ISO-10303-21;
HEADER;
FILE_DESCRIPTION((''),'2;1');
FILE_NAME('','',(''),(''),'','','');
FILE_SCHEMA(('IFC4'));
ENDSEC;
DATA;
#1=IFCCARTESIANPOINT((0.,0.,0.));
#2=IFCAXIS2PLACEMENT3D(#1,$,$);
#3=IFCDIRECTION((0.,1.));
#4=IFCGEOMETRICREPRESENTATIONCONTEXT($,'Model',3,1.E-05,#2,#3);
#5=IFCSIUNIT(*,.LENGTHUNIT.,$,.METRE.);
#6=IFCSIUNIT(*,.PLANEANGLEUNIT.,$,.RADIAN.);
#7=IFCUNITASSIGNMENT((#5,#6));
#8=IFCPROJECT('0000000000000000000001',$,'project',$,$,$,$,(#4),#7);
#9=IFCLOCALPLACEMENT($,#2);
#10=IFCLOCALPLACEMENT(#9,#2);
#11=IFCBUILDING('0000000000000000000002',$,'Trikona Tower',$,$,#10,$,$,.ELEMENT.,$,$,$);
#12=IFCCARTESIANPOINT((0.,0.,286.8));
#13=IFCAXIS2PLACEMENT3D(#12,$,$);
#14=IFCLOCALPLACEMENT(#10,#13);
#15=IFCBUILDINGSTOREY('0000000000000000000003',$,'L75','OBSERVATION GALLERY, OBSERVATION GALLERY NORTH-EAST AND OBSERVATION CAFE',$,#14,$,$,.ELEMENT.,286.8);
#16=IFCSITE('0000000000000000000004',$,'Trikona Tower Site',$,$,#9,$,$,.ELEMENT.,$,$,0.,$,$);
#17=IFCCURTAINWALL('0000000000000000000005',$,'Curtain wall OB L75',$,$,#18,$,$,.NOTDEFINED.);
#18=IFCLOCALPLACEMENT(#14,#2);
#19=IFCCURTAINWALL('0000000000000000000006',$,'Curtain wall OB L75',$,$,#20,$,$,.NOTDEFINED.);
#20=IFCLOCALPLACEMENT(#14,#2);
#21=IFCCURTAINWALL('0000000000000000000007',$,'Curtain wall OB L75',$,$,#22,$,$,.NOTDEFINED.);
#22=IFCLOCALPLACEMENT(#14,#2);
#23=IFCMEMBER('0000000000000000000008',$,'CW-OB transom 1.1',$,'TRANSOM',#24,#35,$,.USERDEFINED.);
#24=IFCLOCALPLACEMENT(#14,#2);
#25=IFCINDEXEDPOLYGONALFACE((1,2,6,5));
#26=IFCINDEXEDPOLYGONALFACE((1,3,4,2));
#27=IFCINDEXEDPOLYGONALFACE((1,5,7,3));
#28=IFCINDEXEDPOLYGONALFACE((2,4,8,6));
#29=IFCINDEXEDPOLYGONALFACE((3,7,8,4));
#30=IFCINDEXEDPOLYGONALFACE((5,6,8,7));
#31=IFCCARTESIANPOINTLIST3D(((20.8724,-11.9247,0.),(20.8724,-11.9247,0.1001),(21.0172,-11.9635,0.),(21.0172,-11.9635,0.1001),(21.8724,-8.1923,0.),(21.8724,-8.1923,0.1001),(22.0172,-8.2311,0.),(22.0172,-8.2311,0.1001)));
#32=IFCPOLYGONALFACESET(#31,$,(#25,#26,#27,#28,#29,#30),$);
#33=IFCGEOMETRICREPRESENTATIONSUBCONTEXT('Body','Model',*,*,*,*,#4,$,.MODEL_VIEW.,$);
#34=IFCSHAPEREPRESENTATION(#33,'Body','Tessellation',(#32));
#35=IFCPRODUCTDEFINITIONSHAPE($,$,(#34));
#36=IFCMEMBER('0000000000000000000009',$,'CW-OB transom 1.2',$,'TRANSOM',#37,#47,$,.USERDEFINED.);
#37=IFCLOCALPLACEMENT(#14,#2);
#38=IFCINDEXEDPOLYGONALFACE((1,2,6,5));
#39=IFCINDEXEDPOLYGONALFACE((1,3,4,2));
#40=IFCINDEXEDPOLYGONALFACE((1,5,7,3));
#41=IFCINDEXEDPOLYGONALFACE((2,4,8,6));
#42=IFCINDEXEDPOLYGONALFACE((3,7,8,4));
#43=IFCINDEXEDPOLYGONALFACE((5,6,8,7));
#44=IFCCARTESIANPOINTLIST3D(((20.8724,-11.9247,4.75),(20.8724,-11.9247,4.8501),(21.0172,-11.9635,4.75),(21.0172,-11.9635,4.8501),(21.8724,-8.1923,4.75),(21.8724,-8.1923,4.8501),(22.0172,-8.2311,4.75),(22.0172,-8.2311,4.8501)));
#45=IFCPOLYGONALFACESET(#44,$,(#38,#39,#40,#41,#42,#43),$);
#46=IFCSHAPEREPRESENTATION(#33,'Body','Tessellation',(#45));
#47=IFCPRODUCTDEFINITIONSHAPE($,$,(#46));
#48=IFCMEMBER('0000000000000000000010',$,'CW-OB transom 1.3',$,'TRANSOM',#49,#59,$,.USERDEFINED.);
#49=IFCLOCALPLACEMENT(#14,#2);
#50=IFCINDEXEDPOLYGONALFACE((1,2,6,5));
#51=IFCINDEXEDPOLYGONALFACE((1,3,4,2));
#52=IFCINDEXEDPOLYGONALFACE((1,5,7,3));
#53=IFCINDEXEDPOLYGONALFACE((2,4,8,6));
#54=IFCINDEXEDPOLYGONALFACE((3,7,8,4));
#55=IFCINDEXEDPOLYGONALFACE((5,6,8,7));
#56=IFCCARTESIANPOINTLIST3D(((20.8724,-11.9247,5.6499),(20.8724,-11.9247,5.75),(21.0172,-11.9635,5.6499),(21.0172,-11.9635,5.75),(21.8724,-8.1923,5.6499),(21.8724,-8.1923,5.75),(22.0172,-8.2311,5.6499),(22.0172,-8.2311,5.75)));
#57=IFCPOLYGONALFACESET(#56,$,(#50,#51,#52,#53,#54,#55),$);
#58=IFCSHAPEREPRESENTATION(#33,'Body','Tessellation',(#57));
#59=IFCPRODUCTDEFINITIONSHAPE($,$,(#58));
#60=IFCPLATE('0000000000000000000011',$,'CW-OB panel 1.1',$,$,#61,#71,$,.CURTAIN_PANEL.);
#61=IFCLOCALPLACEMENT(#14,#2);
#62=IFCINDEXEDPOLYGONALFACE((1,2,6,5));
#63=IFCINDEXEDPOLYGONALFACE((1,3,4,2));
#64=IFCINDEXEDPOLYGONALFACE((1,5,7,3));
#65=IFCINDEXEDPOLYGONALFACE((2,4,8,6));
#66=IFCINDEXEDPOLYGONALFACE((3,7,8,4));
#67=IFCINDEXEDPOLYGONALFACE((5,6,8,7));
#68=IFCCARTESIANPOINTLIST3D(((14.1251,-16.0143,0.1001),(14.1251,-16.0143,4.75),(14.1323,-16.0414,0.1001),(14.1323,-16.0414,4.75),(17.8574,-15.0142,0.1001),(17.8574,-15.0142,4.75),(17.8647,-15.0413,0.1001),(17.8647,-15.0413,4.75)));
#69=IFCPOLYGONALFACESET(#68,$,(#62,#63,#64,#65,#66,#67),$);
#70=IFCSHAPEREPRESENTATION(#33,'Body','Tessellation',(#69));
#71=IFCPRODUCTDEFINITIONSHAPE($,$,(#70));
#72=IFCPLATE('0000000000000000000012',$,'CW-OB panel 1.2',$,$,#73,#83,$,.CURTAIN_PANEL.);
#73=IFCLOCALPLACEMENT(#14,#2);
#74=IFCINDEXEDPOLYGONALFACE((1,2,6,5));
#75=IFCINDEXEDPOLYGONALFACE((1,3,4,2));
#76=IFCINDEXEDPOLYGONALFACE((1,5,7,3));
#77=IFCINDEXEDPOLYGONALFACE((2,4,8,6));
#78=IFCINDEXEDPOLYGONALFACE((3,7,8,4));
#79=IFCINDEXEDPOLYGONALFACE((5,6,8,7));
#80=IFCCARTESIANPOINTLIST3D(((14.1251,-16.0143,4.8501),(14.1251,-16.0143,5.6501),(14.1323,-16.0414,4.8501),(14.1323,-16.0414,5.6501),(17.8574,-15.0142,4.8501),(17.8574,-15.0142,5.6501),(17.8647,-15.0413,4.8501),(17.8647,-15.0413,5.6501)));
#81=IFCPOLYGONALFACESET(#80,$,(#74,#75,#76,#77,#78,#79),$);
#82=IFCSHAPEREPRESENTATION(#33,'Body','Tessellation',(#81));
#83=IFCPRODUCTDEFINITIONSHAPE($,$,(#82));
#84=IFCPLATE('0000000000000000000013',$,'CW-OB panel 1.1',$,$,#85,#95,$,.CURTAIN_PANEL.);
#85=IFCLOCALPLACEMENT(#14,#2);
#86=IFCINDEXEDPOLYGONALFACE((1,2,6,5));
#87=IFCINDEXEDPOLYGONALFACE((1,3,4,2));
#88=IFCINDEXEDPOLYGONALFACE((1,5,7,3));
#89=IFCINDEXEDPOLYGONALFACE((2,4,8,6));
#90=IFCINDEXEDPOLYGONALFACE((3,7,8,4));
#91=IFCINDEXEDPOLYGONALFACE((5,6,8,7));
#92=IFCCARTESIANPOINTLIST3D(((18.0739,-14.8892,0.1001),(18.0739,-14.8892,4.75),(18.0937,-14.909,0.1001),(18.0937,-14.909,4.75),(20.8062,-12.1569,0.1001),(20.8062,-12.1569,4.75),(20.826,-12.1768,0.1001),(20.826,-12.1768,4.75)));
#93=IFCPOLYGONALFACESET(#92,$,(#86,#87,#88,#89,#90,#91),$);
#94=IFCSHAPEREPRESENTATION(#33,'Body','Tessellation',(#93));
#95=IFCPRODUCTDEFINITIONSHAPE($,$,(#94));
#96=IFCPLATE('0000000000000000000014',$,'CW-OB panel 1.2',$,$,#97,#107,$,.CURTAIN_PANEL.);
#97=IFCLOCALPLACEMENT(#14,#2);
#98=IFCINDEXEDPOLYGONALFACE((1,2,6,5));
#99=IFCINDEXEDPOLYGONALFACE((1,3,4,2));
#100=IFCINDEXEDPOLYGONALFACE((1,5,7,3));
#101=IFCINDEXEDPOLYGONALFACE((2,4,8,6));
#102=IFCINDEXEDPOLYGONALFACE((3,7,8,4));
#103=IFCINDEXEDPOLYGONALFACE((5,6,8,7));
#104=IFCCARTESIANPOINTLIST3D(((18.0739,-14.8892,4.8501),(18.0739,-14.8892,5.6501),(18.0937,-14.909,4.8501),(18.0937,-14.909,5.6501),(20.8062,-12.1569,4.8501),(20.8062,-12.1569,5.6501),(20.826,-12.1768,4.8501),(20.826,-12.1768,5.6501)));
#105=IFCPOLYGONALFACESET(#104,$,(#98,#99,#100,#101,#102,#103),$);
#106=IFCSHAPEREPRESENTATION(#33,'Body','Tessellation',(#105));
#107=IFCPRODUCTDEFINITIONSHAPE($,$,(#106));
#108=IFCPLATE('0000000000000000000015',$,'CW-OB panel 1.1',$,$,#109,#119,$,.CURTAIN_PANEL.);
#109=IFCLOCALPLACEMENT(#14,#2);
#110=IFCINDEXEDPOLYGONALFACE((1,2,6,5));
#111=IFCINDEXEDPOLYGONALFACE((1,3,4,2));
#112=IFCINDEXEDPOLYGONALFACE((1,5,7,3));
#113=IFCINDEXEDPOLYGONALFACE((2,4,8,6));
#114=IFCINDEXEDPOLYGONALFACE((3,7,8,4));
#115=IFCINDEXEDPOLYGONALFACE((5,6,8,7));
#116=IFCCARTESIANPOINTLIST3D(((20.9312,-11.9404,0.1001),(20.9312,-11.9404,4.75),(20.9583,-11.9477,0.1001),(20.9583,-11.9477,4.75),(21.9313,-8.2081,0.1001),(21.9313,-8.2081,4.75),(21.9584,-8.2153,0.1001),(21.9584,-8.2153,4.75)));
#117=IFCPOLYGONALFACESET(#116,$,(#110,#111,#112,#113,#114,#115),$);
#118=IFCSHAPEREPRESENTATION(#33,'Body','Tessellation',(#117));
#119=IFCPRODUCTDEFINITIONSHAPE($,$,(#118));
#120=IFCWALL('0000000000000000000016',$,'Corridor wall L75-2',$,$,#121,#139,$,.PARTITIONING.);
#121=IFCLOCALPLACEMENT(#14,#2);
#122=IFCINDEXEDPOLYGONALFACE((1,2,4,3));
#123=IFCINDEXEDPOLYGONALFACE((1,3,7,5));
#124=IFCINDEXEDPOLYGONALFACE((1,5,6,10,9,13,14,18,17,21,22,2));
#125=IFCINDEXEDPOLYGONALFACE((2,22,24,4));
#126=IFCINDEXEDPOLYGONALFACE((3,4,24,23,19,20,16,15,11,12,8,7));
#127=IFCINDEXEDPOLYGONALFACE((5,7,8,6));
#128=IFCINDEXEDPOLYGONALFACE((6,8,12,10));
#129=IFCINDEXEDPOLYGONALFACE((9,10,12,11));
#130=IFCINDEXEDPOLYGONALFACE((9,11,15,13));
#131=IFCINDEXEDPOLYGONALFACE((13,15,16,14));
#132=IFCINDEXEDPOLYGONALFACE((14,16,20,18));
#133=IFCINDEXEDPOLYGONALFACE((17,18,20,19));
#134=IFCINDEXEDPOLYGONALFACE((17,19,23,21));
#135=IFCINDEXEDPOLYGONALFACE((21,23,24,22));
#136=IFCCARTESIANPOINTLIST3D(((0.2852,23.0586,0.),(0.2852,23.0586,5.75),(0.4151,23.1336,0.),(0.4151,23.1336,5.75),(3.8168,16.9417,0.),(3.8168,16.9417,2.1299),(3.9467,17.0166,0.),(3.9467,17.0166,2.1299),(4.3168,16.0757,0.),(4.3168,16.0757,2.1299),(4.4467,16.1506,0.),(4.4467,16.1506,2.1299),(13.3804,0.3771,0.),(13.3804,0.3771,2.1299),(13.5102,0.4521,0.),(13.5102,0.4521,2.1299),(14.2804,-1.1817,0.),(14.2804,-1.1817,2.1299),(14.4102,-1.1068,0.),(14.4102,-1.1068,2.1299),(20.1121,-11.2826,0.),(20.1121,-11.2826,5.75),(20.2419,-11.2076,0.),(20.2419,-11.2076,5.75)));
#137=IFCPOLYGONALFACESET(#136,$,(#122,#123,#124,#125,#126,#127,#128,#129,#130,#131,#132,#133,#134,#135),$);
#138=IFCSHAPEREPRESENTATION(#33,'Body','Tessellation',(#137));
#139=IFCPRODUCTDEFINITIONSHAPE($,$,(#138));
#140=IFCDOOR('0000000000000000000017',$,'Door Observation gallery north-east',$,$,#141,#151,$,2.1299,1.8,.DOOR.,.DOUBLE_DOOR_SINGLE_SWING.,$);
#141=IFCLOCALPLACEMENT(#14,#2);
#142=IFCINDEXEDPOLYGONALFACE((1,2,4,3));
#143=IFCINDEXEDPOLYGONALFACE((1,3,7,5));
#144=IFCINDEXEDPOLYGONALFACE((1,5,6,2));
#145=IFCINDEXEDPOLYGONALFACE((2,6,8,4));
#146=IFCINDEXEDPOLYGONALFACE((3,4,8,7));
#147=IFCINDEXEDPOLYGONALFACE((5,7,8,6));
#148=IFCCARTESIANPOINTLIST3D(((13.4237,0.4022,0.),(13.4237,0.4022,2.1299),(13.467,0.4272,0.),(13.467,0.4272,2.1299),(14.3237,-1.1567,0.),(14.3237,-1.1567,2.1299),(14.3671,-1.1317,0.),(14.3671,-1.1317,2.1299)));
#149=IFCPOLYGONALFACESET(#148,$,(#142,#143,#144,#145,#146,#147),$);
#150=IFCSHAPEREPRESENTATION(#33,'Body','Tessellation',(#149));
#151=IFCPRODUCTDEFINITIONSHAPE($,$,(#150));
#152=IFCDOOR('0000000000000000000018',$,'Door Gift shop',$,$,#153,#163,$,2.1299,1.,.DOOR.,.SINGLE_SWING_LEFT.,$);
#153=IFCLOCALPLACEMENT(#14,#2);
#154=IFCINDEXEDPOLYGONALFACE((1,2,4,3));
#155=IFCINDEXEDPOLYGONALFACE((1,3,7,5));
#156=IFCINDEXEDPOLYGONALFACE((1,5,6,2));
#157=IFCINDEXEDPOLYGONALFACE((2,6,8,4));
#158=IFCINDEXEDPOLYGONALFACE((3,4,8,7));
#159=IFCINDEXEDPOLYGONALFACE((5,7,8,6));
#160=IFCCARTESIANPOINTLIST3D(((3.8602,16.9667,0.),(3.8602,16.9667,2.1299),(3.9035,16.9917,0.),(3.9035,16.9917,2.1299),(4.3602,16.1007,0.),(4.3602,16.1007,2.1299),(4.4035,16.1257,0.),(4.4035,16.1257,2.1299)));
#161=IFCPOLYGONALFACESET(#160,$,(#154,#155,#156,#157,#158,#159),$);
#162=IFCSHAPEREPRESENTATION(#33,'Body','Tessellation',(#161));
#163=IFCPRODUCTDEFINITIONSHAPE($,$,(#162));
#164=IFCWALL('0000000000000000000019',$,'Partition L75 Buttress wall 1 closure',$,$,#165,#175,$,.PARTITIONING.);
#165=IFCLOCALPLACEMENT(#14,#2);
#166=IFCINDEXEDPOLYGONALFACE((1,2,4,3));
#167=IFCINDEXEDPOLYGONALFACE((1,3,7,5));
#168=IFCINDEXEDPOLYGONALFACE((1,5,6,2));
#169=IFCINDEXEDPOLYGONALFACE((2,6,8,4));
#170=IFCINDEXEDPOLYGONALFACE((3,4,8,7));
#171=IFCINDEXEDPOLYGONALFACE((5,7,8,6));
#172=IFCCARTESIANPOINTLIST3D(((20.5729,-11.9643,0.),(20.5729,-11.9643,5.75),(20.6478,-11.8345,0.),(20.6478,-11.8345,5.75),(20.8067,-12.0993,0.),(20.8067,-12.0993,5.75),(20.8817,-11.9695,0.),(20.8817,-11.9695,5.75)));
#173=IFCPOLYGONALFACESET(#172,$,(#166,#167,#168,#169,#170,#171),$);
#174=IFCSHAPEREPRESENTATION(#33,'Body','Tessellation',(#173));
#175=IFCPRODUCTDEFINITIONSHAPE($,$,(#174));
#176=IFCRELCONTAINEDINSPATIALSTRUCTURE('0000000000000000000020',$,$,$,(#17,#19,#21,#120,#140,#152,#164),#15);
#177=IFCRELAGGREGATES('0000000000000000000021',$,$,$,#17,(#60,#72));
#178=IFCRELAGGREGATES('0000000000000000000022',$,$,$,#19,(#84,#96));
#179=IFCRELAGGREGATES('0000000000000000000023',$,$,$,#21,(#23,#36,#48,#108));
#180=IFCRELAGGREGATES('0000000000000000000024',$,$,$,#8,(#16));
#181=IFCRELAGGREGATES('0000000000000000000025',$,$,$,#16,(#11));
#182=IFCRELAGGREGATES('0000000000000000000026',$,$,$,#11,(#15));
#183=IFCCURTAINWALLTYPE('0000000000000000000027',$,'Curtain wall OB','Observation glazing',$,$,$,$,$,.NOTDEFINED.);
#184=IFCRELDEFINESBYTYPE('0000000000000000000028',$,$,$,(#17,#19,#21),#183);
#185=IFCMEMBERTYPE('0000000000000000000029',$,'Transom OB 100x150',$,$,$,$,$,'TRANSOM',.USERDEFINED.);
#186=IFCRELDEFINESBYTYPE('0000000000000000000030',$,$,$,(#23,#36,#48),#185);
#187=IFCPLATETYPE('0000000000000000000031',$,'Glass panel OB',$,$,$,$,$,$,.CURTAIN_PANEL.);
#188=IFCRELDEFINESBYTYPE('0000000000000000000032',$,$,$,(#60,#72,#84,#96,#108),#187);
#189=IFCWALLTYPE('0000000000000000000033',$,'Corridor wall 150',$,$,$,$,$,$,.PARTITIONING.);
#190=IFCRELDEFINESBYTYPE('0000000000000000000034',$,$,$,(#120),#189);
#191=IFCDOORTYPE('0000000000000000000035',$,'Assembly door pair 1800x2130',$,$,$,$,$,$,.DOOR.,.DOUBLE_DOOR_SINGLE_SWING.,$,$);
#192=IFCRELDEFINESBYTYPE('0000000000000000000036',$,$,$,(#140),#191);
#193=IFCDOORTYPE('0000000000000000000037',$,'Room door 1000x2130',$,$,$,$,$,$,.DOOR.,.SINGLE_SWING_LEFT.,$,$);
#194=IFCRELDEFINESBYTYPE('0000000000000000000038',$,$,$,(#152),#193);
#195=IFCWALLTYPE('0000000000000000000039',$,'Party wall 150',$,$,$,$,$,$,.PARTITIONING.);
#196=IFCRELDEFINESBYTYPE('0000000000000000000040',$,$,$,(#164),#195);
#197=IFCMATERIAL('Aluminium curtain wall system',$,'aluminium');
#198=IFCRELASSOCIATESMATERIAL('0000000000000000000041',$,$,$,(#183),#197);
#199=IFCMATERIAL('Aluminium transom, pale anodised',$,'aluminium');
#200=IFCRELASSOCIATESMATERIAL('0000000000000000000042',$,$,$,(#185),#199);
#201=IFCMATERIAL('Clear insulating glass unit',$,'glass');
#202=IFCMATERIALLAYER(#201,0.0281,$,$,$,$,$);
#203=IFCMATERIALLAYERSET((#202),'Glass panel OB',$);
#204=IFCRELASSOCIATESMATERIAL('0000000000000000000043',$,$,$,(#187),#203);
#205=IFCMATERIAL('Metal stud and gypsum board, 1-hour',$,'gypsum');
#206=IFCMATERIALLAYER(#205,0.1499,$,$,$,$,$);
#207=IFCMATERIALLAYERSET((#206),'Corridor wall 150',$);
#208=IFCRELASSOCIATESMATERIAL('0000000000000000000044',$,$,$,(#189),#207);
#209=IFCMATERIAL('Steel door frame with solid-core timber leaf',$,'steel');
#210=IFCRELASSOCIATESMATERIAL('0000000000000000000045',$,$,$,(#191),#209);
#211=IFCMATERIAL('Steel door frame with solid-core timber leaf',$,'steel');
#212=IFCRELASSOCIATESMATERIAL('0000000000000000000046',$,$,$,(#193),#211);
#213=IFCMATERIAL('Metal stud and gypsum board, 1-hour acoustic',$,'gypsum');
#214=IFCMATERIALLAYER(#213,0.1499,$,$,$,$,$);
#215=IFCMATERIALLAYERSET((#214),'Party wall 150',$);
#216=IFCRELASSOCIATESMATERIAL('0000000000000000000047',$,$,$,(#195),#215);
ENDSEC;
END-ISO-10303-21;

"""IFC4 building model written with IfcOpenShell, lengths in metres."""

from ifc_helpers import new_model, si_unit, direction, frame, frame_2d, origin, origin_2d, place, context, subcontext, project, spatial, rectangle, extrude, material, layer, layer_set, material_profile, profile_set, type_object, element, fill, aggregate, save


model = new_model("IFC4")

# Units and contexts
model_context = context("Model", 3, precision=1e-05, world=origin(), true_north=direction((0.0, 1.0)))
body_context = subcontext(model_context, "Body", "Model", "MODEL_VIEW")
ifc_project = project(units=[si_unit("LENGTHUNIT", "METRE"), si_unit("PLANEANGLEUNIT", "RADIAN")], contexts=[model_context])

# Site, building, storey
site_placement = place(None, origin())
site = spatial("IfcSite", under=ifc_project, at=site_placement, Name="Trikona Tower Site", CompositionType="ELEMENT", RefElevation=0.0)
building_placement = place(site_placement, origin())
building = spatial("IfcBuilding", under=site, at=building_placement, Name="Trikona Tower", CompositionType="ELEMENT")
storey_placement = place(building_placement, frame((0.0, 0.0, 286.8)))
storey = spatial("IfcBuildingStorey", under=building, at=storey_placement, Name="L75", Description="OBSERVATION GALLERY, OBSERVATION GALLERY NORTH-EAST AND OBSERVATION CAFE", CompositionType="ELEMENT", Elevation=286.8)

# Shared definitions
ifc_material_1 = material(Name="Aluminium curtain wall system", Category="aluminium")
curtain_wall_type = type_object("IfcCurtainWallType", Name="Curtain wall OB", Description="Observation glazing", PredefinedType="NOTDEFINED", material=ifc_material_1)

# Curtain walls
curtain_wall_1_placement = place(storey_placement, origin())
curtain_wall_1 = element("IfcCurtainWall", 1, at=curtain_wall_1_placement, inside=storey, type_object=curtain_wall_type, Name="Curtain wall OB L75", PredefinedType="NOTDEFINED")
curtain_wall_2_placement = place(storey_placement, origin())
curtain_wall_2 = element("IfcCurtainWall", 2, at=curtain_wall_2_placement, inside=storey, type_object=curtain_wall_type, Name="Curtain wall OB L75", PredefinedType="NOTDEFINED")

# Curtain wall
curtain_wall_3_placement = place(storey_placement, origin())
curtain_wall_3 = element("IfcCurtainWall", 3, at=curtain_wall_3_placement, inside=storey, type_object=curtain_wall_type, Name="Curtain wall OB L75", PredefinedType="NOTDEFINED")

# Members
ifc_material_2 = material(Name="Aluminium transom, pale anodised", Category="aluminium")
ifc_material_profile_1 = material_profile(ifc_material_2, rectangle(XDim=0.1499, YDim=0.1001, at=origin_2d()), Name="TRN-OB")
ifc_profile_set_1 = profile_set([ifc_material_profile_1], Name="Aluminium transom, pale anodised")
member_type_1 = type_object("IfcMemberType", Name="Transom OB 100x150", ElementType="TRANSOM", PredefinedType="USERDEFINED", material=ifc_profile_set_1)
member_1_placement = place(storey_placement, frame((20.9448, -11.9441, 0.05), z_axis=(0.258795, 0.965932, 0.0), x_axis=(-0.965932, 0.258795, 0.0)))
member_1 = element("IfcMember", 4, at=member_1_placement, type_object=member_type_1, Name="CW-OB transom 1.1", ObjectType="TRANSOM", PredefinedType="USERDEFINED", context=body_context, shape_type="SweptSolid", body=[
    extrude(rectangle(XDim=0.1499, YDim=0.1001, at=origin_2d()), origin(), (0.0, 0.0, 1.0), 3.864),
])
member_2_placement = place(storey_placement, frame((20.9448, -11.9441, 4.8), z_axis=(0.258795, 0.965932, 0.0), x_axis=(-0.965932, 0.258795, 0.0)))
member_2 = element("IfcMember", 5, at=member_2_placement, type_object=member_type_1, Name="CW-OB transom 1.2", ObjectType="TRANSOM", PredefinedType="USERDEFINED", context=body_context, shape_type="SweptSolid", body=[
    extrude(rectangle(XDim=0.1499, YDim=0.1001, at=origin_2d()), origin(), (0.0, 0.0, 1.0), 3.864),
])
member_3_placement = place(storey_placement, frame((20.9448, -11.9441, 5.7), z_axis=(0.258795, 0.965932, 0.0), x_axis=(-0.965932, 0.258795, 0.0)))
member_3 = element("IfcMember", 6, at=member_3_placement, type_object=member_type_1, Name="CW-OB transom 1.3", ObjectType="TRANSOM", PredefinedType="USERDEFINED", context=body_context, shape_type="SweptSolid", body=[
    extrude(rectangle(XDim=0.1499, YDim=0.1001, at=origin_2d()), origin(), (0.0, 0.0, 1.0), 3.864),
])

# Plates
ifc_material_3 = material(Name="Clear insulating glass unit", Category="glass")
ifc_layer_1 = layer(ifc_material_3, 0.0281)
ifc_layer_set_1 = layer_set([ifc_layer_1], Name="Glass panel OB")
plate_type = type_object("IfcPlateType", Name="Glass panel OB", PredefinedType="CURTAIN_PANEL", material=ifc_layer_set_1)
plate_1_placement = place(storey_placement, frame((15.9949, -15.5278, 0.1001), z_axis=(0.0, 0.0, 1.0), x_axis=(0.965923, 0.258828, 0.0)))
plate_1 = element("IfcPlate", 7, at=plate_1_placement, type_object=plate_type, Name="CW-OB panel 1.1", PredefinedType="CURTAIN_PANEL", context=body_context, shape_type="SweptSolid", body=[
    extrude(rectangle(XDim=3.864, YDim=0.0281, at=origin_2d()), origin(), (0.0, 0.0, 1.0), 4.6499),
])
plate_2_placement = place(storey_placement, frame((15.9949, -15.5278, 4.8501), z_axis=(0.0, 0.0, 1.0), x_axis=(0.965923, 0.258828, 0.0)))
plate_2 = element("IfcPlate", 8, at=plate_2_placement, type_object=plate_type, Name="CW-OB panel 1.2", PredefinedType="CURTAIN_PANEL", context=body_context, shape_type="SweptSolid", body=[
    extrude(rectangle(XDim=3.864, YDim=0.0281, at=origin_2d()), origin(), (0.0, 0.0, 1.0), 0.8),
])
aggregate(curtain_wall_1, [plate_1, plate_2])
plate_3_placement = place(storey_placement, frame((19.45, -13.533, 0.1001), z_axis=(0.0, 0.0, 1.0), x_axis=(0.707107, 0.707107, 0.0)))
plate_3 = element("IfcPlate", 9, at=plate_3_placement, type_object=plate_type, Name="CW-OB panel 1.1", PredefinedType="CURTAIN_PANEL", context=body_context, shape_type="SweptSolid", body=[
    extrude(rectangle(XDim=3.864, YDim=0.0281, at=origin_2d()), origin(), (0.0, 0.0, 1.0), 4.6499),
])
plate_4_placement = place(storey_placement, frame((19.45, -13.533, 4.8501), z_axis=(0.0, 0.0, 1.0), x_axis=(0.707107, 0.707107, 0.0)))
plate_4 = element("IfcPlate", 10, at=plate_4_placement, type_object=plate_type, Name="CW-OB panel 1.2", PredefinedType="CURTAIN_PANEL", context=body_context, shape_type="SweptSolid", body=[
    extrude(rectangle(XDim=3.864, YDim=0.0281, at=origin_2d()), origin(), (0.0, 0.0, 1.0), 0.8),
])
aggregate(curtain_wall_2, [plate_3, plate_4])
plate_5_placement = place(storey_placement, frame((21.4448, -10.0779, 0.1001), z_axis=(0.0, 0.0, 1.0), x_axis=(0.258828, 0.965923, 0.0)))
plate_5 = element("IfcPlate", 11, at=plate_5_placement, type_object=plate_type, Name="CW-OB panel 1.1", PredefinedType="CURTAIN_PANEL", context=body_context, shape_type="SweptSolid", body=[
    extrude(rectangle(XDim=3.864, YDim=0.0281, at=origin_2d()), origin(), (0.0, 0.0, 1.0), 4.6499),
])
aggregate(curtain_wall_3, [member_1, member_2, member_3, plate_5])

# Wall, openings, doors
ifc_material_4 = material(Name="Metal stud and gypsum board, 1-hour", Category="gypsum")
ifc_layer_2 = layer(ifc_material_4, 0.1499)
ifc_layer_set_2 = layer_set([ifc_layer_2], Name="Corridor wall 150")
wall_type_1 = type_object("IfcWallType", Name="Corridor wall 150", PredefinedType="PARTITIONING", material=ifc_layer_set_2)
wall_1_placement = place(storey_placement, frame((20.177, -11.2451, 0.0), z_axis=(0.0, 0.0, 1.0), x_axis=(-0.499999, 0.866026, 0.0)))
wall_1 = element("IfcWall", 12, at=wall_1_placement, inside=storey, type_object=wall_type_1, Name="Corridor wall L75-2", PredefinedType="PARTITIONING", context=body_context, shape_type="SweptSolid", body=[
    extrude(rectangle(XDim=39.6538, YDim=0.1499, at=frame_2d((19.8269, 0.0))), origin(), (0.0, 0.0, 1.0), 5.75),
])
opening_1_placement = place(wall_1_placement, frame((11.6636, 0.0, 0.0)))
opening_1 = element("IfcOpeningElement", 13, at=opening_1_placement, cuts=wall_1, PredefinedType="OPENING", context=body_context, shape_type="SweptSolid", body=[
    extrude(rectangle(XDim=1.8, YDim=2.1299, at=frame_2d((0.8999, 1.0649))), frame((0.0, 0.085, 0.0), z_axis=(0.0, -1.0, 0.0), x_axis=(1.0, 0.0, 0.0)), (0.0, 0.0, 1.0), 0.1699),
])
opening_2_placement = place(wall_1_placement, frame((31.5906, 0.0, 0.0)))
opening_2 = element("IfcOpeningElement", 14, at=opening_2_placement, cuts=wall_1, PredefinedType="OPENING", context=body_context, shape_type="SweptSolid", body=[
    extrude(rectangle(XDim=1.0, YDim=2.1299, at=frame_2d((0.5, 1.0649))), frame((0.0, 0.085, 0.0), z_axis=(0.0, -1.0, 0.0), x_axis=(1.0, 0.0, 0.0)), (0.0, 0.0, 1.0), 0.1699),
])
ifc_material_5 = material(Name="Steel door frame with solid-core timber leaf", Category="steel")
door_type_1 = type_object("IfcDoorType", Name="Assembly door pair 1800x2130", OperationType="DOUBLE_DOOR_SINGLE_SWING", PredefinedType="DOOR", material=ifc_material_5)
door_1_placement = place(opening_1_placement, origin())
door_1 = element("IfcDoor", 15, at=door_1_placement, inside=storey, type_object=door_type_1, Name="Door Observation gallery north-east", OperationType="DOUBLE_DOOR_SINGLE_SWING", OverallHeight=2.1299, OverallWidth=1.8, PredefinedType="DOOR", context=body_context, shape_type="SweptSolid", body=[
    extrude(rectangle(XDim=1.8, YDim=2.1299, at=frame_2d((0.8999, 1.0649))), frame((0.0, 0.0249, 0.0), z_axis=(0.0, -1.0, 0.0), x_axis=(1.0, 0.0, 0.0)), (0.0, 0.0, 1.0), 0.05),
])
fill(opening_1, door_1)
ifc_material_6 = material(Name="Steel door frame with solid-core timber leaf", Category="steel")
door_type_2 = type_object("IfcDoorType", Name="Room door 1000x2130", OperationType="SINGLE_SWING_LEFT", PredefinedType="DOOR", material=ifc_material_6)
door_2_placement = place(opening_2_placement, origin())
door_2 = element("IfcDoor", 16, at=door_2_placement, inside=storey, type_object=door_type_2, Name="Door Gift shop", OperationType="SINGLE_SWING_LEFT", OverallHeight=2.1299, OverallWidth=1.0, PredefinedType="DOOR", context=body_context, shape_type="SweptSolid", body=[
    extrude(rectangle(XDim=1.0, YDim=2.1299, at=frame_2d((0.5, 1.0649))), frame((0.0, 0.0249, 0.0), z_axis=(0.0, -1.0, 0.0), x_axis=(1.0, 0.0, 0.0)), (0.0, 0.0, 1.0), 0.05),
])
fill(opening_2, door_2)

# Wall
ifc_material_7 = material(Name="Metal stud and gypsum board, 1-hour acoustic", Category="gypsum")
ifc_layer_3 = layer(ifc_material_7, 0.1499)
ifc_layer_set_3 = layer_set([ifc_layer_3], Name="Party wall 150")
wall_type_2 = type_object("IfcWallType", Name="Party wall 150", PredefinedType="PARTITIONING", material=ifc_layer_set_3)
wall_2_placement = place(storey_placement, frame((20.6104, -11.8994, 0.0), z_axis=(0.0, 0.0, 1.0), x_axis=(0.866065, -0.499931, 0.0)))
element("IfcWall", 17, at=wall_2_placement, inside=storey, type_object=wall_type_2, Name="Partition L75 Buttress wall 1 closure", PredefinedType="PARTITIONING", context=body_context, shape_type="SweptSolid", body=[
    extrude(rectangle(XDim=0.27, YDim=0.1499, at=frame_2d((0.135, 0.0))), origin(), (0.0, 0.0, 1.0), 5.75),
])

save(model, "model.ifc")
